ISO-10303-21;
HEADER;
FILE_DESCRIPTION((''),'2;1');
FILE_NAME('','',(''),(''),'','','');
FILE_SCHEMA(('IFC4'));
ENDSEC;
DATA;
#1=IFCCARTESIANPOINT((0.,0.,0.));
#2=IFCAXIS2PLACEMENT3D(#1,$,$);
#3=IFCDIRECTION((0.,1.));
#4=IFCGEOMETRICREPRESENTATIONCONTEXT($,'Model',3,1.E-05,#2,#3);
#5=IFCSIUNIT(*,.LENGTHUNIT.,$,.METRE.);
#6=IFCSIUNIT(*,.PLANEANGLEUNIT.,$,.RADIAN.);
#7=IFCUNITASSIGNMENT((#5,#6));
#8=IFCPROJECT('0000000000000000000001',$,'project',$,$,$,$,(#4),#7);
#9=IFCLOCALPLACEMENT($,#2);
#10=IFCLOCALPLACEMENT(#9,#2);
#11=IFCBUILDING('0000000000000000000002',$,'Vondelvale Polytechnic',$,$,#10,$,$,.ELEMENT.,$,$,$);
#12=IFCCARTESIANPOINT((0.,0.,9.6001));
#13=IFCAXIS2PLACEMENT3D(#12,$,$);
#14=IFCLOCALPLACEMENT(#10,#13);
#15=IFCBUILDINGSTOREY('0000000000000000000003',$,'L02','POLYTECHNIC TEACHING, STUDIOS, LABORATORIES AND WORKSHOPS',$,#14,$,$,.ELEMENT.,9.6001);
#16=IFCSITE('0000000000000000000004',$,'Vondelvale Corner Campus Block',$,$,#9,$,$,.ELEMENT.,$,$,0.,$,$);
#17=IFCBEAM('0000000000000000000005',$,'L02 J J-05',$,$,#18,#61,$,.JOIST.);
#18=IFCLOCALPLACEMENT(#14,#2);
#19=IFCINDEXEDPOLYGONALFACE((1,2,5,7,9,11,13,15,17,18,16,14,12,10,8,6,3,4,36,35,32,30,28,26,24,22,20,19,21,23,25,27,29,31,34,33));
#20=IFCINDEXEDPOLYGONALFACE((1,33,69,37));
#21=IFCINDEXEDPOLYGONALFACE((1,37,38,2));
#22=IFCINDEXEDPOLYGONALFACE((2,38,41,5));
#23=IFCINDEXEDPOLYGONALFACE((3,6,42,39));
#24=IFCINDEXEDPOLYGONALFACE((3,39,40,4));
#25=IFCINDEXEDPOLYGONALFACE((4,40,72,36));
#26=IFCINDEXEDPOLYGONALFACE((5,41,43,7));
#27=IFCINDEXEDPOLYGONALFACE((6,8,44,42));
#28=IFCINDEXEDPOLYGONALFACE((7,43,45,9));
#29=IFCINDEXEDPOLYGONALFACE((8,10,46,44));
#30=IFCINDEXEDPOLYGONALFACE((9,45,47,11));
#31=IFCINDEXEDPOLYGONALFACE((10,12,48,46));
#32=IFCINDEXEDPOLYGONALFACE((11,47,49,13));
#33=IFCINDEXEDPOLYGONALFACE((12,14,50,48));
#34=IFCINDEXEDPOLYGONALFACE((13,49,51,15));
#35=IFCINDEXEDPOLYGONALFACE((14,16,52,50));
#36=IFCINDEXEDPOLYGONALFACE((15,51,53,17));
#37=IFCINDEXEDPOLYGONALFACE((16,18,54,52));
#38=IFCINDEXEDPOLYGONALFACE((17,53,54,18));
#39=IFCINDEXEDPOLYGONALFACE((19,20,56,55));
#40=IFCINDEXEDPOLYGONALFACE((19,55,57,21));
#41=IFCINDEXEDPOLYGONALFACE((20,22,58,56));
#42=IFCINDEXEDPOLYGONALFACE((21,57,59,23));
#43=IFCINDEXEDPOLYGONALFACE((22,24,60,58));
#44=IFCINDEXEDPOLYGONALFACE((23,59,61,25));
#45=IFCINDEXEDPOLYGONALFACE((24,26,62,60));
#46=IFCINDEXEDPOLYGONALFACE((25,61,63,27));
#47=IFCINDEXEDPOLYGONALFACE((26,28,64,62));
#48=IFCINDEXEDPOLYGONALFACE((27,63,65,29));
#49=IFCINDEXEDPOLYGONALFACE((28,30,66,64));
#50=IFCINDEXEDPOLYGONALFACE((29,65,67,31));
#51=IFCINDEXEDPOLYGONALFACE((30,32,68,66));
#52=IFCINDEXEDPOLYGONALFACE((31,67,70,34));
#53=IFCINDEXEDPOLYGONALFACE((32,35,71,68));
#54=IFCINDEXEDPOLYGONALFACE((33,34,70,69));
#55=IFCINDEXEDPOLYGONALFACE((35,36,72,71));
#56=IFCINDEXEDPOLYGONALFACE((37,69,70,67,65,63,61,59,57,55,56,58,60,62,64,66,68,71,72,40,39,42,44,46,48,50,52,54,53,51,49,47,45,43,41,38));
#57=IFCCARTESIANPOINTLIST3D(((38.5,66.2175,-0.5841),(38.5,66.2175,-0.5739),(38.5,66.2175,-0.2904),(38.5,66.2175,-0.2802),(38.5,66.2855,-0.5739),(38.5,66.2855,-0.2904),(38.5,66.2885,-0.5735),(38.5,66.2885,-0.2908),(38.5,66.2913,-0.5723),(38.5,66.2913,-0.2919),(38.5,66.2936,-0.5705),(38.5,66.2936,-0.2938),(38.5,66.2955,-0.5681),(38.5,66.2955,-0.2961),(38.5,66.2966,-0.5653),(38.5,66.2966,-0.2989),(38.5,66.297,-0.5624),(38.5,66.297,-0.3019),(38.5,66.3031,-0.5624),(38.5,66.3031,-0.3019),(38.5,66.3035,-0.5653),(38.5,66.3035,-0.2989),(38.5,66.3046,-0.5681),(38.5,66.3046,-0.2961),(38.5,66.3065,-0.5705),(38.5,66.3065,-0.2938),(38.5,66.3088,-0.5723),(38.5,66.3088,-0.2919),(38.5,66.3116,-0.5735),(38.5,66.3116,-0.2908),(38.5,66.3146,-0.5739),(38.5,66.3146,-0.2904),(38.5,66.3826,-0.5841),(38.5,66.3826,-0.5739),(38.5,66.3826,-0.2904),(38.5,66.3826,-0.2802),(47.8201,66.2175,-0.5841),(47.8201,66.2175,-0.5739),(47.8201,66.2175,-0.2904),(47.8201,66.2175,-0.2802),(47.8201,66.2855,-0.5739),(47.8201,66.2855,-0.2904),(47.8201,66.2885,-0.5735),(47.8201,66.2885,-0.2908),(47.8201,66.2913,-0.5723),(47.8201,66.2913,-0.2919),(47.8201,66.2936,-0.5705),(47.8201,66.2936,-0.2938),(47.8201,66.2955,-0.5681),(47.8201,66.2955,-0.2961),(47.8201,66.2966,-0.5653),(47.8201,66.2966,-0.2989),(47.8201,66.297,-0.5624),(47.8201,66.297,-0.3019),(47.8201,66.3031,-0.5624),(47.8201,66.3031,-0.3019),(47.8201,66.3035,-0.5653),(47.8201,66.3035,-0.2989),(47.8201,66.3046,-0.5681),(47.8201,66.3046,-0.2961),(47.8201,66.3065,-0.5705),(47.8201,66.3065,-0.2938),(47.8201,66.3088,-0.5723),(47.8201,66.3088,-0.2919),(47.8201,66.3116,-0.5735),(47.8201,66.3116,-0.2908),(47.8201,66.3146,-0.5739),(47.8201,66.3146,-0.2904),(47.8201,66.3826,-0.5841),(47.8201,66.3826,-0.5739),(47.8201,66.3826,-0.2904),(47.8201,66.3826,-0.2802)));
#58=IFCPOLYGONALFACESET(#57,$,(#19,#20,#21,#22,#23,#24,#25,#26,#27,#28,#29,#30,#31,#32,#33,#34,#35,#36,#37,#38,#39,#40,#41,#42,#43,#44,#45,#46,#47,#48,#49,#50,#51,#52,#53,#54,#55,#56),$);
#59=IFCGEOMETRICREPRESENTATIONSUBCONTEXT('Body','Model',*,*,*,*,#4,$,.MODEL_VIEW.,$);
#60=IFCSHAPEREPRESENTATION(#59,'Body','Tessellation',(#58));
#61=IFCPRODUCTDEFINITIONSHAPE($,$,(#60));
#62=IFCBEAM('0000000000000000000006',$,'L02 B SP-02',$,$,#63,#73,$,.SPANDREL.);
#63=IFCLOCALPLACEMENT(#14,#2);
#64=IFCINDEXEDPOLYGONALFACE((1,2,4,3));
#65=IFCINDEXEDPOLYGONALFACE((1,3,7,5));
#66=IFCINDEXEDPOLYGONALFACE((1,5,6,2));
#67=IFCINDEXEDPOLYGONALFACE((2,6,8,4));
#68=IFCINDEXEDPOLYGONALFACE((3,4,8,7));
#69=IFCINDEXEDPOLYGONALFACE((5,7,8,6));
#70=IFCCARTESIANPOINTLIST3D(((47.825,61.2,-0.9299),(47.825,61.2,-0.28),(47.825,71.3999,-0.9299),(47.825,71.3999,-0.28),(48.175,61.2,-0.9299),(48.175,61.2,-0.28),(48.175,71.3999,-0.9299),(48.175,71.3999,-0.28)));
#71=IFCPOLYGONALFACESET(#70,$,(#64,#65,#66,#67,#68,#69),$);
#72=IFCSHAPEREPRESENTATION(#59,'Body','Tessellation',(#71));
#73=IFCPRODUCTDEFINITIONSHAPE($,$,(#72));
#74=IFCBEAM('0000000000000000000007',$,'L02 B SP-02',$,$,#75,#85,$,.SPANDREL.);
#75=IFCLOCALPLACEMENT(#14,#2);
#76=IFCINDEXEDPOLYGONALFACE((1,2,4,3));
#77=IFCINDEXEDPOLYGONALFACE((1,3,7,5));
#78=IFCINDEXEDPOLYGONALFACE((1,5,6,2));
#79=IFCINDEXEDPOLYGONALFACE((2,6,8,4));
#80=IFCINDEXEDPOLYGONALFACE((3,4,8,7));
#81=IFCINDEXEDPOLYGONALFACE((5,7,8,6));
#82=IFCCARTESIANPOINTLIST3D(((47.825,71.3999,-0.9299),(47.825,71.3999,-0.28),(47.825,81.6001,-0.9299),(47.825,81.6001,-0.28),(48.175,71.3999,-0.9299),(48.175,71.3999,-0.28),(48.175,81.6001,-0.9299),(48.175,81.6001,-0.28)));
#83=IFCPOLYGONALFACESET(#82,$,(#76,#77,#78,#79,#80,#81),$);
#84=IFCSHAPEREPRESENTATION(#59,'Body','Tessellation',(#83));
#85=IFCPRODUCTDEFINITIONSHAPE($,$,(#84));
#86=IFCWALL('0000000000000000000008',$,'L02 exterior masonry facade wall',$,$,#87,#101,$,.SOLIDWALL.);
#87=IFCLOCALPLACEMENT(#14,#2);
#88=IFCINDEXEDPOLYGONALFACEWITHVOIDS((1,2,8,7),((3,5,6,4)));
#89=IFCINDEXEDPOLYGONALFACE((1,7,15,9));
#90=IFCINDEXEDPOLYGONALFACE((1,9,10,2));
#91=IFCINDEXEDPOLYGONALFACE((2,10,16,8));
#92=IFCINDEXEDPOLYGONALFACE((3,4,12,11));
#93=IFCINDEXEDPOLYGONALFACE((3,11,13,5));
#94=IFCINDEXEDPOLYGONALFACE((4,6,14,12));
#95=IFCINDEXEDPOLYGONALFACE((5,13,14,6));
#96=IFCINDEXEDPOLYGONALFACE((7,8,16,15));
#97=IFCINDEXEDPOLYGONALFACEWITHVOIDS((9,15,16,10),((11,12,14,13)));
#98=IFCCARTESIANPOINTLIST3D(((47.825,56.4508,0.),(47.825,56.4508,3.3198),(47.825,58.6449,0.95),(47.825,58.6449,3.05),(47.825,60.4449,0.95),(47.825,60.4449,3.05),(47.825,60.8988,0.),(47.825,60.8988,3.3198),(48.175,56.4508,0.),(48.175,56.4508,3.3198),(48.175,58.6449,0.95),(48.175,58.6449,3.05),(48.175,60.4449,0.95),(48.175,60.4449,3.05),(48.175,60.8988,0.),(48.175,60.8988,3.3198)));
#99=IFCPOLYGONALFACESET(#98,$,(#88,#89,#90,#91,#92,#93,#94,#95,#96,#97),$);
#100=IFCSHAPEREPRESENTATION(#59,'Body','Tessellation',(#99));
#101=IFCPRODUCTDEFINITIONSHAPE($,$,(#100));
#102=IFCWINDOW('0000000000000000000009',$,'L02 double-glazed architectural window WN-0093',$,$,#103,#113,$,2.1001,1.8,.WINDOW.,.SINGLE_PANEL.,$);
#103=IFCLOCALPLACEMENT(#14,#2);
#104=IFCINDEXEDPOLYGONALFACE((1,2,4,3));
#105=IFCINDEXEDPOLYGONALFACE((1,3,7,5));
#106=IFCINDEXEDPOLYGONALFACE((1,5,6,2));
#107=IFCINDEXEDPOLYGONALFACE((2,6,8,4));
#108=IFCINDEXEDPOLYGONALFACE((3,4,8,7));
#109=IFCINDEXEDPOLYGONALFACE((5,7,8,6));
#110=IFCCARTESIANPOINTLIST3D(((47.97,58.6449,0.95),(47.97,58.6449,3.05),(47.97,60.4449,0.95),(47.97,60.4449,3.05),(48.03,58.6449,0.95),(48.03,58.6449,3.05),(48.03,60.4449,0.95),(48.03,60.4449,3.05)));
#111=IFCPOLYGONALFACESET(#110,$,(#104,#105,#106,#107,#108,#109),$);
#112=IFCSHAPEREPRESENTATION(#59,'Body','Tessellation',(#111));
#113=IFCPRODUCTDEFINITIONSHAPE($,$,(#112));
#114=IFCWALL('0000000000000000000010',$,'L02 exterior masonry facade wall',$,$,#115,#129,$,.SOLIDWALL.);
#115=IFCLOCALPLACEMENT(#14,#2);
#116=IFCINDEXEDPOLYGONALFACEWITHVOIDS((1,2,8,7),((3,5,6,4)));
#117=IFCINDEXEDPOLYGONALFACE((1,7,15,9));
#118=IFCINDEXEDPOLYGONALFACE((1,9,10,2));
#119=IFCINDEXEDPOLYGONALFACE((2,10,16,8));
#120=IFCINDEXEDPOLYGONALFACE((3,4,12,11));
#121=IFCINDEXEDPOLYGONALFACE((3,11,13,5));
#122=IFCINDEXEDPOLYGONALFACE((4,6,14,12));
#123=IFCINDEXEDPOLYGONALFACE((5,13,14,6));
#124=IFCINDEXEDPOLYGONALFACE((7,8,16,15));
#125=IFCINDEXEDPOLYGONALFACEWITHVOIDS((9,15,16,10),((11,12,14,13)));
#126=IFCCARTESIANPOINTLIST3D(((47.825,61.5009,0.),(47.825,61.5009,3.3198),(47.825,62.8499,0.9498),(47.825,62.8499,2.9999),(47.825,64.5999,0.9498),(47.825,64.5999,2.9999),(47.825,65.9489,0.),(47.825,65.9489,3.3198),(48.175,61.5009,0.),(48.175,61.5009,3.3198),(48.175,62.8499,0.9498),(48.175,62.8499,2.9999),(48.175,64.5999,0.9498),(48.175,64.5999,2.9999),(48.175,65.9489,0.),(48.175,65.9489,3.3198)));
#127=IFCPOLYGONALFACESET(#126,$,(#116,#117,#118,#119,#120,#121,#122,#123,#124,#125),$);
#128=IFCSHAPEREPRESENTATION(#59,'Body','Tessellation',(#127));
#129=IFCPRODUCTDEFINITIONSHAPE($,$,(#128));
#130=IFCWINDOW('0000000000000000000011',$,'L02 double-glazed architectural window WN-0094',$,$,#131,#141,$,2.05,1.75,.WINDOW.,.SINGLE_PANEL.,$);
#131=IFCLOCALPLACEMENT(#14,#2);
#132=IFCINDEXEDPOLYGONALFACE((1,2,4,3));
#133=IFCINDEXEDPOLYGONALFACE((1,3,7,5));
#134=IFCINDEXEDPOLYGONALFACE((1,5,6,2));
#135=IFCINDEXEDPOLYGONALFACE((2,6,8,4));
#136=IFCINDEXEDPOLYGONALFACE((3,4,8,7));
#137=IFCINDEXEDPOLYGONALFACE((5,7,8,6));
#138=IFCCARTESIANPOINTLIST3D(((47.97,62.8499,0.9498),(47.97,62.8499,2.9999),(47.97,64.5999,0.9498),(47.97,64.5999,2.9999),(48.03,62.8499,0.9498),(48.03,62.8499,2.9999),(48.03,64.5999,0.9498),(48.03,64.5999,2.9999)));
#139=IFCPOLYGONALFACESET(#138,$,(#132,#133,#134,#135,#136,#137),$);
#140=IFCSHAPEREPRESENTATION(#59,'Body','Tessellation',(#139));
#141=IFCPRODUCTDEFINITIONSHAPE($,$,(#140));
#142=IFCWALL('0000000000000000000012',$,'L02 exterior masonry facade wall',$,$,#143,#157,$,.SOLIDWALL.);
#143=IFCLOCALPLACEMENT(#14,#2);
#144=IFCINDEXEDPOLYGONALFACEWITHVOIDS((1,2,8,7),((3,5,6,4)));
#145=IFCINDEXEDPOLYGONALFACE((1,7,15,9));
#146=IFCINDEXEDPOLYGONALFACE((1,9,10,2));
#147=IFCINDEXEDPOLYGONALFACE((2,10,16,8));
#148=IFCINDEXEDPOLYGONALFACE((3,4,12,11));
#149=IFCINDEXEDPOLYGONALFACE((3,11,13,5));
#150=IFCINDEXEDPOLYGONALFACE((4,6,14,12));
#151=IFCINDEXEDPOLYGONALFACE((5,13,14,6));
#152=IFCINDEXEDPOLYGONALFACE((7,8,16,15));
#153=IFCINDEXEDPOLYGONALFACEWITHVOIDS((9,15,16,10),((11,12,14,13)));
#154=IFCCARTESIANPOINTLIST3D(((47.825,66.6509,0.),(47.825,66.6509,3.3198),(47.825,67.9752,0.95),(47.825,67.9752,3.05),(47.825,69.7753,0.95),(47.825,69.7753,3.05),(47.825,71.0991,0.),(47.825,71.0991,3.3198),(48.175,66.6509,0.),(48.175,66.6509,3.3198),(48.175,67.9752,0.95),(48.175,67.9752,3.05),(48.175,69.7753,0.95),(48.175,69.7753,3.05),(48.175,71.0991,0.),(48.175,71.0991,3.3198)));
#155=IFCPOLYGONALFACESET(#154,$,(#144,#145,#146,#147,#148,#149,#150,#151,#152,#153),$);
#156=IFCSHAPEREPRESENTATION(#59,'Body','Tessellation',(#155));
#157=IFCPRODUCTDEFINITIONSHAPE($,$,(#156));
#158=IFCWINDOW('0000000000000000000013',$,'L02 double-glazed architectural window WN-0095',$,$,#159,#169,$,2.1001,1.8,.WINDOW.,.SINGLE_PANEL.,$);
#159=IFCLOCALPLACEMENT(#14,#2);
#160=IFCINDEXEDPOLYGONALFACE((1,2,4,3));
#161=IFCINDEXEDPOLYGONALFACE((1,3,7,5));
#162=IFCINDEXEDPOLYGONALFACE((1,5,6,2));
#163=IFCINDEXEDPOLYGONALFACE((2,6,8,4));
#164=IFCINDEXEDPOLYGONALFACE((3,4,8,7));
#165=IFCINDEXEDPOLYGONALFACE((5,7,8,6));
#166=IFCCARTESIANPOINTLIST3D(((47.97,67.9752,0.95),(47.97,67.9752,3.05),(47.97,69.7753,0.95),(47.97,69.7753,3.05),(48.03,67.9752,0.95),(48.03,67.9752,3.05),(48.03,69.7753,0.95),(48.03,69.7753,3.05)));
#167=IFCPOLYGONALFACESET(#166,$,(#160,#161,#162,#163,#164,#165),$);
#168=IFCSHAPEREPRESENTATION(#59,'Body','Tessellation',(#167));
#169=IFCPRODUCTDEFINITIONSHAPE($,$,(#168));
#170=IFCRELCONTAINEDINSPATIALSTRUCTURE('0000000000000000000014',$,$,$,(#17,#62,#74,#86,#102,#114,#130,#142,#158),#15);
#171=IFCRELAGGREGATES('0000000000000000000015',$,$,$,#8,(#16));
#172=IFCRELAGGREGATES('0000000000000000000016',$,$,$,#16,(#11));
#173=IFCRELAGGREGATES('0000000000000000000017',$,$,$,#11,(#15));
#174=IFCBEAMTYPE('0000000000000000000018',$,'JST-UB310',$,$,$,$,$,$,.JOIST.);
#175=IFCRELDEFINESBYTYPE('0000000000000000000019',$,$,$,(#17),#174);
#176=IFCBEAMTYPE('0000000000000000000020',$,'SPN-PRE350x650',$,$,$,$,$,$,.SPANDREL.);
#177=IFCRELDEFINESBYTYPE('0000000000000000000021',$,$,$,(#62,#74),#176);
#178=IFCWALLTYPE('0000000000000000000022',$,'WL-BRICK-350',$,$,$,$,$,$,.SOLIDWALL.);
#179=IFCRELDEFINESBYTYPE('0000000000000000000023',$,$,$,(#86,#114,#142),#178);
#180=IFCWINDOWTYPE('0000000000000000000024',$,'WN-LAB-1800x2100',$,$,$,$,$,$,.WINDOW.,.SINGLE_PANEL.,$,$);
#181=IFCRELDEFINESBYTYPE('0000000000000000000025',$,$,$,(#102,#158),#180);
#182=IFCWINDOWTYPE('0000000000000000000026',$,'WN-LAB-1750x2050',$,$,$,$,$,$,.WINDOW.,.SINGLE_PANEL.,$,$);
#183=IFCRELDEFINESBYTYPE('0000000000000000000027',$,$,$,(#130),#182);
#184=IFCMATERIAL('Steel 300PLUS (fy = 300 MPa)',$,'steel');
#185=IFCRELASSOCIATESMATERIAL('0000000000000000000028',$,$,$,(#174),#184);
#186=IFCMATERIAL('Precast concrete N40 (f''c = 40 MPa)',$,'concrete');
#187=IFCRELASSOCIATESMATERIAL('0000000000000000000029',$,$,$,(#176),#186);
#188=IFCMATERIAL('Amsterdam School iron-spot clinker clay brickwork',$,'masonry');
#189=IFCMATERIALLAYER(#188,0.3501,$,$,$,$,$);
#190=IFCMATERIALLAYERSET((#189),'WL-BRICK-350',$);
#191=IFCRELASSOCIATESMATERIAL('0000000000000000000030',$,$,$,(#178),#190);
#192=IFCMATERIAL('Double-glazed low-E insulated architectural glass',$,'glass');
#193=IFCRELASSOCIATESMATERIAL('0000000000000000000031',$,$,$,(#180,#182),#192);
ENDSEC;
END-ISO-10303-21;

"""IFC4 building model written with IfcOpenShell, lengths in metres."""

from ifc_helpers import new_model, si_unit, direction, frame, frame_2d, origin, origin_2d, place, context, subcontext, project, spatial, rectangle, i_section, extrude, material, layer, layer_set, material_profile, profile_set, type_object, element, fill, save


model = new_model("IFC4")

# Units and contexts
model_context = context("Model", 3, precision=1e-05, world=origin(), true_north=direction((0.0, 1.0)))
body_context = subcontext(model_context, "Body", "Model", "MODEL_VIEW")
ifc_project = project(units=[si_unit("LENGTHUNIT", "METRE"), si_unit("PLANEANGLEUNIT", "RADIAN")], contexts=[model_context])

# Site, building, storey
site_placement = place(None, origin())
site = spatial("IfcSite", under=ifc_project, at=site_placement, Name="Vondelvale Corner Campus Block", CompositionType="ELEMENT", RefElevation=0.0)
building_placement = place(site_placement, origin())
building = spatial("IfcBuilding", under=site, at=building_placement, Name="Vondelvale Polytechnic", CompositionType="ELEMENT")
storey_placement = place(building_placement, frame((0.0, 0.0, 9.6001)))
storey = spatial("IfcBuildingStorey", under=building, at=storey_placement, Name="L02", Description="POLYTECHNIC TEACHING, STUDIOS, LABORATORIES AND WORKSHOPS", CompositionType="ELEMENT", Elevation=9.6001)

# Beams
ifc_material_1 = material(Name="Steel 300PLUS (fy = 300 MPa)", Category="steel")
ifc_material_profile_1 = material_profile(ifc_material_1, i_section(OverallWidth=0.165, OverallDepth=0.304, WebThickness=0.0061, FlangeThickness=0.0103, FilletRadius=0.0115, at=origin_2d()), Name="310UB40.4")
ifc_profile_set_1 = profile_set([ifc_material_profile_1], Name="Steel 300PLUS (fy = 300 MPa)")
beam_type_1 = type_object("IfcBeamType", Name="JST-UB310", PredefinedType="JOIST", material=ifc_profile_set_1)
beam_1_placement = place(storey_placement, frame((38.5, 66.3, -0.4321), z_axis=(1.0, 0.0, 0.0), x_axis=(0.0, 1.0, 0.0)))
element("IfcBeam", 1, at=beam_1_placement, inside=storey, type_object=beam_type_1, Name="L02 J J-05", PredefinedType="JOIST", context=body_context, shape_type="SweptSolid", body=[
    extrude(i_section(OverallWidth=0.165, OverallDepth=0.304, WebThickness=0.0061, FlangeThickness=0.0103, FilletRadius=0.0115, at=origin_2d()), origin(), (0.0, 0.0, 1.0), 9.3201),
])
ifc_material_2 = material(Name="Precast concrete N40 (f'c = 40 MPa)", Category="concrete")
ifc_material_profile_2 = material_profile(ifc_material_2, rectangle(XDim=0.3501, YDim=0.6499, at=origin_2d()), Name="RC-SPN-350x650")
ifc_profile_set_2 = profile_set([ifc_material_profile_2], Name="Precast concrete N40 (f'c = 40 MPa)")
beam_type_2 = type_object("IfcBeamType", Name="SPN-PRE350x650", PredefinedType="SPANDREL", material=ifc_profile_set_2)
beam_2_placement = place(storey_placement, frame((48.0, 61.2, -0.605), z_axis=(0.0, 1.0, 0.0), x_axis=(-1.0, 0.0, 0.0)))
element("IfcBeam", 2, at=beam_2_placement, inside=storey, type_object=beam_type_2, Name="L02 B SP-02", PredefinedType="SPANDREL", context=body_context, shape_type="SweptSolid", body=[
    extrude(rectangle(XDim=0.3501, YDim=0.6499, at=origin_2d()), origin(), (0.0, 0.0, 1.0), 10.2),
])
beam_3_placement = place(storey_placement, frame((48.0, 71.3999, -0.605), z_axis=(0.0, 1.0, 0.0), x_axis=(-1.0, 0.0, 0.0)))
element("IfcBeam", 3, at=beam_3_placement, inside=storey, type_object=beam_type_2, Name="L02 B SP-02", PredefinedType="SPANDREL", context=body_context, shape_type="SweptSolid", body=[
    extrude(rectangle(XDim=0.3501, YDim=0.6499, at=origin_2d()), origin(), (0.0, 0.0, 1.0), 10.2002),
])

# Walls, openings, windows
ifc_material_3 = material(Name="Amsterdam School iron-spot clinker clay brickwork", Category="masonry")
ifc_layer_1 = layer(ifc_material_3, 0.3501)
ifc_layer_set_1 = layer_set([ifc_layer_1], Name="WL-BRICK-350")
wall_type_1 = type_object("IfcWallType", Name="WL-BRICK-350", PredefinedType="SOLIDWALL", material=ifc_layer_set_1)
wall_1_placement = place(storey_placement, frame((48.0, 60.8989, 0.0), z_axis=(0.0, 0.0, 1.0), x_axis=(0.0, -1.0, 0.0)))
wall_1 = element("IfcWall", 4, at=wall_1_placement, inside=storey, type_object=wall_type_1, Name="L02 exterior masonry facade wall", PredefinedType="SOLIDWALL", context=body_context, shape_type="SweptSolid", body=[
    extrude(rectangle(XDim=4.448, YDim=0.3501, at=frame_2d((2.2241, 0.0))), origin(), (0.0, 0.0, 1.0), 3.3198),
])
opening_1_placement = place(wall_1_placement, frame((0.4541, 0.0, 0.95)))
opening_1 = element("IfcOpeningElement", 5, at=opening_1_placement, cuts=wall_1, PredefinedType="OPENING", context=body_context, shape_type="SweptSolid", body=[
    extrude(rectangle(XDim=1.8, YDim=2.1001, at=frame_2d((0.8999, 1.05))), frame((0.0, 0.1851, 0.0), z_axis=(0.0, -1.0, 0.0), x_axis=(1.0, 0.0, 0.0)), (0.0, 0.0, 1.0), 0.3701),
])
ifc_material_4 = material(Name="Double-glazed low-E insulated architectural glass", Category="glass")
window_type_1 = type_object("IfcWindowType", Name="WN-LAB-1800x2100", PartitioningType="SINGLE_PANEL", PredefinedType="WINDOW", material=ifc_material_4)
window_1_placement = place(opening_1_placement, origin())
window_1 = element("IfcWindow", 6, at=window_1_placement, inside=storey, type_object=window_type_1, Name="L02 double-glazed architectural window WN-0093", OverallHeight=2.1001, OverallWidth=1.8, PartitioningType="SINGLE_PANEL", PredefinedType="WINDOW", context=body_context, shape_type="SweptSolid", body=[
    extrude(rectangle(XDim=1.8, YDim=2.1001, at=frame_2d((0.8999, 1.05))), frame((0.0, 0.03, 0.0), z_axis=(0.0, -1.0, 0.0), x_axis=(1.0, 0.0, 0.0)), (0.0, 0.0, 1.0), 0.0601),
])
fill(opening_1, window_1)
wall_2_placement = place(storey_placement, frame((48.0, 65.949, 0.0), z_axis=(0.0, 0.0, 1.0), x_axis=(0.0, -1.0, 0.0)))
wall_2 = element("IfcWall", 7, at=wall_2_placement, inside=storey, type_object=wall_type_1, Name="L02 exterior masonry facade wall", PredefinedType="SOLIDWALL", context=body_context, shape_type="SweptSolid", body=[
    extrude(rectangle(XDim=4.448, YDim=0.3501, at=frame_2d((2.2241, 0.0))), origin(), (0.0, 0.0, 1.0), 3.3198),
])
opening_2_placement = place(wall_2_placement, frame((1.3491, 0.0, 0.95)))
opening_2 = element("IfcOpeningElement", 8, at=opening_2_placement, cuts=wall_2, PredefinedType="OPENING", context=body_context, shape_type="SweptSolid", body=[
    extrude(rectangle(XDim=1.75, YDim=2.05, at=frame_2d((0.875, 1.0249))), frame((0.0, 0.1851, 0.0), z_axis=(0.0, -1.0, 0.0), x_axis=(1.0, 0.0, 0.0)), (0.0, 0.0, 1.0), 0.3701),
])
window_type_2 = type_object("IfcWindowType", Name="WN-LAB-1750x2050", PartitioningType="SINGLE_PANEL", PredefinedType="WINDOW", material=ifc_material_4)
window_2_placement = place(opening_2_placement, origin())
window_2 = element("IfcWindow", 9, at=window_2_placement, inside=storey, type_object=window_type_2, Name="L02 double-glazed architectural window WN-0094", OverallHeight=2.05, OverallWidth=1.75, PartitioningType="SINGLE_PANEL", PredefinedType="WINDOW", context=body_context, shape_type="SweptSolid", body=[
    extrude(rectangle(XDim=1.75, YDim=2.05, at=frame_2d((0.875, 1.0249))), frame((0.0, 0.03, 0.0), z_axis=(0.0, -1.0, 0.0), x_axis=(1.0, 0.0, 0.0)), (0.0, 0.0, 1.0), 0.0601),
])
fill(opening_2, window_2)
wall_3_placement = place(storey_placement, frame((48.0, 71.0991, 0.0), z_axis=(0.0, 0.0, 1.0), x_axis=(0.0, -1.0, 0.0)))
wall_3 = element("IfcWall", 10, at=wall_3_placement, inside=storey, type_object=wall_type_1, Name="L02 exterior masonry facade wall", PredefinedType="SOLIDWALL", context=body_context, shape_type="SweptSolid", body=[
    extrude(rectangle(XDim=4.4482, YDim=0.3501, at=frame_2d((2.2241, 0.0))), origin(), (0.0, 0.0, 1.0), 3.3198),
])
opening_3_placement = place(wall_3_placement, frame((1.324, 0.0, 0.95)))
opening_3 = element("IfcOpeningElement", 11, at=opening_3_placement, cuts=wall_3, PredefinedType="OPENING", context=body_context, shape_type="SweptSolid", body=[
    extrude(rectangle(XDim=1.8, YDim=2.1001, at=frame_2d((0.8999, 1.05))), frame((0.0, 0.1851, 0.0), z_axis=(0.0, -1.0, 0.0), x_axis=(1.0, 0.0, 0.0)), (0.0, 0.0, 1.0), 0.3701),
])
window_3_placement = place(opening_3_placement, origin())
window_3 = element("IfcWindow", 12, at=window_3_placement, inside=storey, type_object=window_type_1, Name="L02 double-glazed architectural window WN-0095", OverallHeight=2.1001, OverallWidth=1.8, PartitioningType="SINGLE_PANEL", PredefinedType="WINDOW", context=body_context, shape_type="SweptSolid", body=[
    extrude(rectangle(XDim=1.8, YDim=2.1001, at=frame_2d((0.8999, 1.05))), frame((0.0, 0.03, 0.0), z_axis=(0.0, -1.0, 0.0), x_axis=(1.0, 0.0, 0.0)), (0.0, 0.0, 1.0), 0.0601),
])
fill(opening_3, window_3)

save(model, "model.ifc")
